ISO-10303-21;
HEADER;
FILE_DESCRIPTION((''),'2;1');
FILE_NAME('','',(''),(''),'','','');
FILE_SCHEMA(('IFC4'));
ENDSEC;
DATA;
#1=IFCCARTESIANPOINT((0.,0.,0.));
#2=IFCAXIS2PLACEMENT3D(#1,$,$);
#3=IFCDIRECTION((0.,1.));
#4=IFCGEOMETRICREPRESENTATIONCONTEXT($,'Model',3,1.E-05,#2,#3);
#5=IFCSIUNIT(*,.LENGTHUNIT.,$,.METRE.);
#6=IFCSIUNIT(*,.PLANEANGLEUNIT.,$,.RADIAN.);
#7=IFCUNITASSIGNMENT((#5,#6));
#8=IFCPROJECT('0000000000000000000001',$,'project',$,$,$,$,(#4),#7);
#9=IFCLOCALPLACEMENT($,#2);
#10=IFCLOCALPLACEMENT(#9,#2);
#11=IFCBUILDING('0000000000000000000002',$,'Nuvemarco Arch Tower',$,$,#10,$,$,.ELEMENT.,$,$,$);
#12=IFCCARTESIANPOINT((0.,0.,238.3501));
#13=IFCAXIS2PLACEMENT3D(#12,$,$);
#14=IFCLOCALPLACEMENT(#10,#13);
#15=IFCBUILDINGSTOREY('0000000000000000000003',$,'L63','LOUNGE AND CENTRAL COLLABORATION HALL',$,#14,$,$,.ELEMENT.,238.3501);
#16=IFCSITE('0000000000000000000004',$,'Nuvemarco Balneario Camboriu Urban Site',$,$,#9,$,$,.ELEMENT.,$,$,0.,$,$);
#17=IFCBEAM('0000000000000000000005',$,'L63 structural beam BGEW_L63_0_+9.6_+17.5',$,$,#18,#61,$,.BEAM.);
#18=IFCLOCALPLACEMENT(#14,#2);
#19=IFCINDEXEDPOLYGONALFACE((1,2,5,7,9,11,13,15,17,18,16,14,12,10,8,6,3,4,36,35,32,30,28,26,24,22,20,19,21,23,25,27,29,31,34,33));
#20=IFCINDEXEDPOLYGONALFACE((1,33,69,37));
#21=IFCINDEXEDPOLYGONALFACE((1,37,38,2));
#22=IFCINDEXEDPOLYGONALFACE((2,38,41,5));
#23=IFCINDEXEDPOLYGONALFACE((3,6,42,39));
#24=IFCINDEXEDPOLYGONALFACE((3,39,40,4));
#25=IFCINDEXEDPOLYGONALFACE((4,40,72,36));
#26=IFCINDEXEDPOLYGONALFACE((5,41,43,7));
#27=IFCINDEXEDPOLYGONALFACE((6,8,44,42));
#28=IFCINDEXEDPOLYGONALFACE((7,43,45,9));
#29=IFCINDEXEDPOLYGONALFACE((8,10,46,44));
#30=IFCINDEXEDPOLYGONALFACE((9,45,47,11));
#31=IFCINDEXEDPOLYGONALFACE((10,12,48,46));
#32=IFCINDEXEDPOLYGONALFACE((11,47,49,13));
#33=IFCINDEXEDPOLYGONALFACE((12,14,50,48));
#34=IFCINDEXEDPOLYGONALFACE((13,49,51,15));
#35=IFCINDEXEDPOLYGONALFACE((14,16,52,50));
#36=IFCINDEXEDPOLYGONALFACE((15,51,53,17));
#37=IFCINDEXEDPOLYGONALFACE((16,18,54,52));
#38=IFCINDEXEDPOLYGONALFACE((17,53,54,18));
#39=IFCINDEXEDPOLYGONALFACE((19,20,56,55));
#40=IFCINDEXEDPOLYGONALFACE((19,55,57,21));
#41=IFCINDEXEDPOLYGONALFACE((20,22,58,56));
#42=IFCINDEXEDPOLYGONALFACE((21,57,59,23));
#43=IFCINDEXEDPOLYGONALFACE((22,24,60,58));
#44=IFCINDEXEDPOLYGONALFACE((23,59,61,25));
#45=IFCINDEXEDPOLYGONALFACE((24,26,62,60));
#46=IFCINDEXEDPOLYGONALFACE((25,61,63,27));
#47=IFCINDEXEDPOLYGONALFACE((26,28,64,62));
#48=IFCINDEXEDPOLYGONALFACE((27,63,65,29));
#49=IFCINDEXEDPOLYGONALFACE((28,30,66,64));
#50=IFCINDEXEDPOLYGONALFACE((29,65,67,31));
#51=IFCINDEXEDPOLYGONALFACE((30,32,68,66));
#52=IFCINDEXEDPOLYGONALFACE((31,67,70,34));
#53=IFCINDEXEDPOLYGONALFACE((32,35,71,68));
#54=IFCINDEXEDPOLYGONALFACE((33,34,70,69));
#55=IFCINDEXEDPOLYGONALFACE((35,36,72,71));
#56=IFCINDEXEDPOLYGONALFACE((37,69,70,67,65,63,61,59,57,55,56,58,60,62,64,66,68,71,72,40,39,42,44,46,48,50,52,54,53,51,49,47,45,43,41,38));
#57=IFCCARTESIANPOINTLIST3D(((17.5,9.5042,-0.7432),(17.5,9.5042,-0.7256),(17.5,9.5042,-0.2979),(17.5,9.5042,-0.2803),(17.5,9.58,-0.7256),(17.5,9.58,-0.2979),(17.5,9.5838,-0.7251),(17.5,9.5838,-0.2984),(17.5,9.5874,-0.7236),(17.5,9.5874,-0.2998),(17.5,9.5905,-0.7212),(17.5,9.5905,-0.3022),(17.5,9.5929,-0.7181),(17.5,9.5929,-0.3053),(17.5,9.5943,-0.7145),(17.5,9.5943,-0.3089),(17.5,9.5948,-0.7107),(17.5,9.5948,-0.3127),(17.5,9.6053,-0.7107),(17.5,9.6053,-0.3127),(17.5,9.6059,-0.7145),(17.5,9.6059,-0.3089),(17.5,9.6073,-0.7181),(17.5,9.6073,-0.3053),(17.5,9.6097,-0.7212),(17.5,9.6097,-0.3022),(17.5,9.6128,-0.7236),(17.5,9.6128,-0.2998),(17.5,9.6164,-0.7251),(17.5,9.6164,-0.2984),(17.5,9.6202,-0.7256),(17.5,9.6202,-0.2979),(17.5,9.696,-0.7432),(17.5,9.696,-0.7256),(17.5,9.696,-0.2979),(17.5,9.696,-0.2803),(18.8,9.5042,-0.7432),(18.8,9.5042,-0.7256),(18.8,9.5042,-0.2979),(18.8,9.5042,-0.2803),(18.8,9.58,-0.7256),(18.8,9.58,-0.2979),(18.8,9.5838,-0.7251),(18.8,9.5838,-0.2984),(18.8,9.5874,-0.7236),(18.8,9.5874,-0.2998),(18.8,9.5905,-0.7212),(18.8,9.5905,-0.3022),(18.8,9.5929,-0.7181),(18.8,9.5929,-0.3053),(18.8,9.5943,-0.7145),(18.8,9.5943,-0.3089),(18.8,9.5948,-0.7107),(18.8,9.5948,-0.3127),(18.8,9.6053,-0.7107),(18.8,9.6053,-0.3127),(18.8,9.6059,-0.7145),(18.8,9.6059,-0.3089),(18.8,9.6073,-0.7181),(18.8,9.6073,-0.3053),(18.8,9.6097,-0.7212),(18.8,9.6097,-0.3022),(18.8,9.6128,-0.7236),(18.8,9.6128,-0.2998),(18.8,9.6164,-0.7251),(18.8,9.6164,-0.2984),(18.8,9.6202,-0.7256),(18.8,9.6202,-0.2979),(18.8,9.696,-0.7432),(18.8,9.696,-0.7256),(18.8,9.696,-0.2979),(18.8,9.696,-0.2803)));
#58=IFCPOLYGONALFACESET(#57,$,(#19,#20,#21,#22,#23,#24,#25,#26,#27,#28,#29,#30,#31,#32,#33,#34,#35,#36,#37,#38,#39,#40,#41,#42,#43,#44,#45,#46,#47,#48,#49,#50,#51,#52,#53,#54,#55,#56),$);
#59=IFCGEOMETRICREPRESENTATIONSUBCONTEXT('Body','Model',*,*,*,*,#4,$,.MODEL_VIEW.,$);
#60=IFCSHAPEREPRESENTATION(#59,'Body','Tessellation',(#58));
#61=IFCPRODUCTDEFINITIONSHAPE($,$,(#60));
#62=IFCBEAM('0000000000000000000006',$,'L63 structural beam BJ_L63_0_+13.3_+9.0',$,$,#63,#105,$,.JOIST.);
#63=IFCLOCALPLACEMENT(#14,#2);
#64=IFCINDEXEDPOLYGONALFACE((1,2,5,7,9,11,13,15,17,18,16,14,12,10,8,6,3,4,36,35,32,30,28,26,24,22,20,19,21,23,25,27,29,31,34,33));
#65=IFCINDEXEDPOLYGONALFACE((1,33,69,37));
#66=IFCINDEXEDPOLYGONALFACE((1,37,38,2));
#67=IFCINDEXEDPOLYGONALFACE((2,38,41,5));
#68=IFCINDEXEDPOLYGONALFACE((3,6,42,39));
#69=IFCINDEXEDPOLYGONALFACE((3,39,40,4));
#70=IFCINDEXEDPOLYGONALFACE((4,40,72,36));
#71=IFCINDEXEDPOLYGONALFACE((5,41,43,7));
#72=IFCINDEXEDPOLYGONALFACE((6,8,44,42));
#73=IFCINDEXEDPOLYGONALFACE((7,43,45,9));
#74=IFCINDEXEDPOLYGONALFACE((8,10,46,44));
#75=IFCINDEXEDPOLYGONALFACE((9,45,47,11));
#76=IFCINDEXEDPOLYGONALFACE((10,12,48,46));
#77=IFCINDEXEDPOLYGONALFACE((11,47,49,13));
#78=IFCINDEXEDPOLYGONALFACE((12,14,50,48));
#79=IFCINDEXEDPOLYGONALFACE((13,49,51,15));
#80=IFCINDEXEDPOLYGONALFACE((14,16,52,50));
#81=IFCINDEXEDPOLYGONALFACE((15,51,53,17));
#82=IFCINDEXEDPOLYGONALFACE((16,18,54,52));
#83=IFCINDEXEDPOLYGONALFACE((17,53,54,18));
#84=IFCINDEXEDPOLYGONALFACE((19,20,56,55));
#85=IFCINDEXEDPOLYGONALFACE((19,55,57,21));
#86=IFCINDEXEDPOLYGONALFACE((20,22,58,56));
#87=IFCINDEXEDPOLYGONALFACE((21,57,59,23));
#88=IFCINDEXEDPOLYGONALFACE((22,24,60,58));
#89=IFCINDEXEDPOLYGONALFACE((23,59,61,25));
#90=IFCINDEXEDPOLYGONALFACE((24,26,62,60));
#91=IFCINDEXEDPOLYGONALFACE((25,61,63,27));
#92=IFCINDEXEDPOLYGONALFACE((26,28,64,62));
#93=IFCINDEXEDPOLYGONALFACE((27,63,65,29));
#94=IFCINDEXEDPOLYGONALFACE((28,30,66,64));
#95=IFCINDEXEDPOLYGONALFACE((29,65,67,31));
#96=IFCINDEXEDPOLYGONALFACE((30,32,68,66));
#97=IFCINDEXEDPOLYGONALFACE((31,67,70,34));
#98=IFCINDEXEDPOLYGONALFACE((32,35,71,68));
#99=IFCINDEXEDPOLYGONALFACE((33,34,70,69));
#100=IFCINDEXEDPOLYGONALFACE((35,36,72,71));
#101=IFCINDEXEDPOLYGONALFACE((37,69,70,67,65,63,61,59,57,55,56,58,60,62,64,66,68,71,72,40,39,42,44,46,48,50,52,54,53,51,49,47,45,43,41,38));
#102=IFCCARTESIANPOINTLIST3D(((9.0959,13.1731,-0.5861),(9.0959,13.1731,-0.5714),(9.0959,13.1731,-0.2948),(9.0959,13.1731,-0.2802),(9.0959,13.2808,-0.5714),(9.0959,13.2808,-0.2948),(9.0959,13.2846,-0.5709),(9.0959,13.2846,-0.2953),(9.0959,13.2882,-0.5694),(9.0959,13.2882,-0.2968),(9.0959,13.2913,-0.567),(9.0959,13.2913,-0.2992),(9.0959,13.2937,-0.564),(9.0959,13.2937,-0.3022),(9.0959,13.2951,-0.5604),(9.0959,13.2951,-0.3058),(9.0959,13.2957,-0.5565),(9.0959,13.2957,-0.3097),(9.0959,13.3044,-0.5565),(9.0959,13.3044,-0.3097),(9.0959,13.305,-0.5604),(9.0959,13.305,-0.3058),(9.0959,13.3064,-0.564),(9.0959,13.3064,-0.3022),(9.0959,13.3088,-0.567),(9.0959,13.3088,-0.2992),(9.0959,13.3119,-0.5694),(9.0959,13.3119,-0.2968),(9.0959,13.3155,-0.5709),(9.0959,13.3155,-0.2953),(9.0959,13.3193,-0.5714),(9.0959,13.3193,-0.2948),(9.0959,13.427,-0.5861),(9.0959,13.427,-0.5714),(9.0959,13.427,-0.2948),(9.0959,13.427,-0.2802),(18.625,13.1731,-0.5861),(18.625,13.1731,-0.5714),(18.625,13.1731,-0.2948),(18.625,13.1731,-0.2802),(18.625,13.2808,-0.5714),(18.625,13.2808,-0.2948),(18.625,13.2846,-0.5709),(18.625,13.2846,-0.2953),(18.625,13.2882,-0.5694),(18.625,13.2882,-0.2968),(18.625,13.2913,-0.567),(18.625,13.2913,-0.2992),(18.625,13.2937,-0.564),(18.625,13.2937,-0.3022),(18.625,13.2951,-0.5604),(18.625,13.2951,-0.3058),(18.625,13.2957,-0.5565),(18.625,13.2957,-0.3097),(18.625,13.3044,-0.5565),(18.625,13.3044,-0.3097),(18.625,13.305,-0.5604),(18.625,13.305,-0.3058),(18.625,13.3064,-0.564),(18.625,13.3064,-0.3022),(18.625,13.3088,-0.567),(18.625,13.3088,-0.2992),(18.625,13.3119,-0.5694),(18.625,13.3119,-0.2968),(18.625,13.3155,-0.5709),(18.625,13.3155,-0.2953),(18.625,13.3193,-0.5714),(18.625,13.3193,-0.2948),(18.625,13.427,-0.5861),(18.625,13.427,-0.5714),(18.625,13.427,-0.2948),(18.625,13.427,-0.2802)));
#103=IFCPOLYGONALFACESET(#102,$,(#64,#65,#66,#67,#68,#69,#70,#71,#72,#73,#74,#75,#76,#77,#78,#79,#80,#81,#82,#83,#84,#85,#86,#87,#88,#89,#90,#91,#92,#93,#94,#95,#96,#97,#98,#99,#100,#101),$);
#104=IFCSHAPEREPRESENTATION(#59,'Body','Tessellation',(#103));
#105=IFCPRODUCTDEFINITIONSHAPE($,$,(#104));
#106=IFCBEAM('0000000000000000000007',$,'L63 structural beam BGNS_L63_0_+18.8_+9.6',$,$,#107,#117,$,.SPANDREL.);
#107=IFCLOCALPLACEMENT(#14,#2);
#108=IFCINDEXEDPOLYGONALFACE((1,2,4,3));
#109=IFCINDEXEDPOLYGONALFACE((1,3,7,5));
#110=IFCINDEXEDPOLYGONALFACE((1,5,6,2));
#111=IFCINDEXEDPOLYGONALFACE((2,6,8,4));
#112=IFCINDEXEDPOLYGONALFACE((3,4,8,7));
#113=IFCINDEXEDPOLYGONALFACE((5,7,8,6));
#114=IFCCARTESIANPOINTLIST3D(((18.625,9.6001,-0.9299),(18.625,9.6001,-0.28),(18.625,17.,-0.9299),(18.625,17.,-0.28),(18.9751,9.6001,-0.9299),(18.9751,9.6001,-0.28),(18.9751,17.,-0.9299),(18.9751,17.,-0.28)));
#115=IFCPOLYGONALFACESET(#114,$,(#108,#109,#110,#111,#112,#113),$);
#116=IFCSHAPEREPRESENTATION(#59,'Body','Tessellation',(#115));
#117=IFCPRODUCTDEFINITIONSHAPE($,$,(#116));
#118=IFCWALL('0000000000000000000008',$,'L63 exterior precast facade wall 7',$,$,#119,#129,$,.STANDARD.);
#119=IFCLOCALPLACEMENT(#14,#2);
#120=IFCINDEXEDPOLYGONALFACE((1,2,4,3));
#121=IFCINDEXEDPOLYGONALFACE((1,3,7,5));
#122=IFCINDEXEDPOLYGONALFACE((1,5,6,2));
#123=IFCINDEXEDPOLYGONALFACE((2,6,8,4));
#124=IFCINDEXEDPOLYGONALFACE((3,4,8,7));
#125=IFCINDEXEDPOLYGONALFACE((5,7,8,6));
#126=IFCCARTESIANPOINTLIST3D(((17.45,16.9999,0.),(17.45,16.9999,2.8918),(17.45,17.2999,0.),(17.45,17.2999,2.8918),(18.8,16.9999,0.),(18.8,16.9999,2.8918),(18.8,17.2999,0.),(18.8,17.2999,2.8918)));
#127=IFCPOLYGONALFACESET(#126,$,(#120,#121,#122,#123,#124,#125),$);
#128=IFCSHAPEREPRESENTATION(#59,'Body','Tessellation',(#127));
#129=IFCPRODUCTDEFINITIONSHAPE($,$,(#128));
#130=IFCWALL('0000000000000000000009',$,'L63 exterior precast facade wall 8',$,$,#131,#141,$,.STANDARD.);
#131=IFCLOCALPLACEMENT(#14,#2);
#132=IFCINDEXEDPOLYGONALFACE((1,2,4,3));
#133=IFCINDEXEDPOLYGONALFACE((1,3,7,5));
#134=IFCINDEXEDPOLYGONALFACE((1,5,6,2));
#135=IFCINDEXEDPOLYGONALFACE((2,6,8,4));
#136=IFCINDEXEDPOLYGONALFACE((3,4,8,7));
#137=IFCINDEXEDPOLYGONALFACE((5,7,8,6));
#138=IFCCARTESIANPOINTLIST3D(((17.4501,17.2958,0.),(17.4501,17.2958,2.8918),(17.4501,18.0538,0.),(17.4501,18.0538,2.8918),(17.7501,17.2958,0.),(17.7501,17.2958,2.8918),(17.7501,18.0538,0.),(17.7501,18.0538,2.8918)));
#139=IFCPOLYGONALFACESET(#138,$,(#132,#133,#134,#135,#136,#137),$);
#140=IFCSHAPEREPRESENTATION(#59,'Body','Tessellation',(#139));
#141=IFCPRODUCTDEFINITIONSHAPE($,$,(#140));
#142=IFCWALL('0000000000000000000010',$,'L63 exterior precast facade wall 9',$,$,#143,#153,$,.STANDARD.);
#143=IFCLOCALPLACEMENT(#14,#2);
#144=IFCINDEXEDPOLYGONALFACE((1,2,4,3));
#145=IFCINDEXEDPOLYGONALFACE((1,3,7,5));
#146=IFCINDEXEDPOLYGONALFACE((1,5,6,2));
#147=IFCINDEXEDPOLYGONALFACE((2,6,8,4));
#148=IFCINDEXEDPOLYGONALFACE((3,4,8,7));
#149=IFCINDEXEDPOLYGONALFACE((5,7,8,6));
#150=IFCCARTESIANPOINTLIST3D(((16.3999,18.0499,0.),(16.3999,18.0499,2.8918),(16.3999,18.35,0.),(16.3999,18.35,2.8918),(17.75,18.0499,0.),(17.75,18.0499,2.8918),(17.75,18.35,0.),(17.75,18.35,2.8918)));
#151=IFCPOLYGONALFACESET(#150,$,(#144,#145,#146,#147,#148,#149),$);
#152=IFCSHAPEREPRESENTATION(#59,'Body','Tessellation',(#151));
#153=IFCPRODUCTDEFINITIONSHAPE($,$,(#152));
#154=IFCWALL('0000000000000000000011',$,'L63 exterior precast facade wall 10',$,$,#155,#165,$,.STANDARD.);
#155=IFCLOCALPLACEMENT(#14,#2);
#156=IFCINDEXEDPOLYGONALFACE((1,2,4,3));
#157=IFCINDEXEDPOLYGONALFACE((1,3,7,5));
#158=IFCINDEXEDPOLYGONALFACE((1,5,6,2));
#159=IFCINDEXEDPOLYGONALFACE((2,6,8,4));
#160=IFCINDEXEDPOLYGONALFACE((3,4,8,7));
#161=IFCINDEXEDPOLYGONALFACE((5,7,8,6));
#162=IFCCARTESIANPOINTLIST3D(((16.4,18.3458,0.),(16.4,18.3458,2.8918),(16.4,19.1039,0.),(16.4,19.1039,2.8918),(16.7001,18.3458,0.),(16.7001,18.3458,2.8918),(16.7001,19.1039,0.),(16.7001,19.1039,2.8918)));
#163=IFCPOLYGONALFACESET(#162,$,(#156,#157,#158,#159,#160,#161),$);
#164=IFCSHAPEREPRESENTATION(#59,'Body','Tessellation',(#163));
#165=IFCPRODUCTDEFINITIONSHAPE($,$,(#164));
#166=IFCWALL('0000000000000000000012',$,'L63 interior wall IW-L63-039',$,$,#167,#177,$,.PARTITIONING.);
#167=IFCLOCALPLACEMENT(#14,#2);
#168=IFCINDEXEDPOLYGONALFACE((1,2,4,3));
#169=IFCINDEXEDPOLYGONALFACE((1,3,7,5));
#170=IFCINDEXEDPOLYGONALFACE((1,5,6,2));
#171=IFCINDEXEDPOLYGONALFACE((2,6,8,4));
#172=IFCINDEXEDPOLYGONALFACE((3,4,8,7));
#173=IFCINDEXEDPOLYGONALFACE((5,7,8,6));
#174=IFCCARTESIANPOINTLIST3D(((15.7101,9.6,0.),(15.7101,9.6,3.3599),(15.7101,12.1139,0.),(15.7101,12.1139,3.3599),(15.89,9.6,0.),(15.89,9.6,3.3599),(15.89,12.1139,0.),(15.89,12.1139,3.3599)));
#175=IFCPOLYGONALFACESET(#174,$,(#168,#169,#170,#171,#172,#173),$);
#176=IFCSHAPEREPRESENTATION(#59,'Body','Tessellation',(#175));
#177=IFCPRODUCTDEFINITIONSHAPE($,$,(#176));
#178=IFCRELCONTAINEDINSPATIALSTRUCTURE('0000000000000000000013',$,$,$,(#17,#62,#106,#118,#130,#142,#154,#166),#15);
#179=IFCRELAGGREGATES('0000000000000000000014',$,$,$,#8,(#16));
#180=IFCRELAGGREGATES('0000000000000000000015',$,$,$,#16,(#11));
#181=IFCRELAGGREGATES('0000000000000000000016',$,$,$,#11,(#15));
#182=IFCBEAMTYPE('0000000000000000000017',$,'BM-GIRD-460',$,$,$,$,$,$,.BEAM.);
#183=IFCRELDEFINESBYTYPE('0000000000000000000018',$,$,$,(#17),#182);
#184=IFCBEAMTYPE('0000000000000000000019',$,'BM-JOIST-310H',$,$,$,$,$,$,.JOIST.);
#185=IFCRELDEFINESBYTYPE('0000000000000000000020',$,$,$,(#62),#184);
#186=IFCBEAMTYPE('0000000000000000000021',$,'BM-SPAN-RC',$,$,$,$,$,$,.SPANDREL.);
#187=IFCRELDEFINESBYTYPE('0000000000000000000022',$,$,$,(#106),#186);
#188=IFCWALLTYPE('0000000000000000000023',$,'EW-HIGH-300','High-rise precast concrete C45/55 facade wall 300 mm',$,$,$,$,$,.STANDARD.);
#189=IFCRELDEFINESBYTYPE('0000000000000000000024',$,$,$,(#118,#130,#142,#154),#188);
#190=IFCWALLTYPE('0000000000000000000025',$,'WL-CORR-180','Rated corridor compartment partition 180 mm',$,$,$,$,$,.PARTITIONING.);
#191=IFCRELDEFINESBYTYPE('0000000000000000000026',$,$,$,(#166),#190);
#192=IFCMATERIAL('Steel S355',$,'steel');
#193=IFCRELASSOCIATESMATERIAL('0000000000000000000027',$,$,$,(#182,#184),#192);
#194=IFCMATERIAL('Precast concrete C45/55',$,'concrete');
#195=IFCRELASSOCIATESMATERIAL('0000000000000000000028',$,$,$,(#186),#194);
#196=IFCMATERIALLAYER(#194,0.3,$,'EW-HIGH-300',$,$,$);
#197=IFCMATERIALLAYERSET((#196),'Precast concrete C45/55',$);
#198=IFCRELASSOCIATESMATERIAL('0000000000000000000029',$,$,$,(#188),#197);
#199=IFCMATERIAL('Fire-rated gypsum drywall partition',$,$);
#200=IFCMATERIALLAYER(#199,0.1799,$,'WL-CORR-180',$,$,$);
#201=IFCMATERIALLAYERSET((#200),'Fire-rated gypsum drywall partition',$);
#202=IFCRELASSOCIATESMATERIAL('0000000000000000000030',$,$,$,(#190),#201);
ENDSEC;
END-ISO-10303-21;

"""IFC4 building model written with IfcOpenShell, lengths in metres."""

from ifc_helpers import new_model, si_unit, direction, frame, frame_2d, origin, origin_2d, place, context, subcontext, project, spatial, rectangle, i_section, extrude, material, layer, layer_set, material_profile, profile_set, type_object, element, save


model = new_model("IFC4")

# Units and contexts
model_context = context("Model", 3, precision=1e-05, world=origin(), true_north=direction((0.0, 1.0)))
body_context = subcontext(model_context, "Body", "Model", "MODEL_VIEW")
ifc_project = project(units=[si_unit("LENGTHUNIT", "METRE"), si_unit("PLANEANGLEUNIT", "RADIAN")], contexts=[model_context])

# Site, building, storey
site_placement = place(None, origin())
site = spatial("IfcSite", under=ifc_project, at=site_placement, Name="Nuvemarco Balneario Camboriu Urban Site", CompositionType="ELEMENT", RefElevation=0.0)
building_placement = place(site_placement, origin())
building = spatial("IfcBuilding", under=site, at=building_placement, Name="Nuvemarco Arch Tower", CompositionType="ELEMENT")
storey_placement = place(building_placement, frame((0.0, 0.0, 238.3501)))
storey = spatial("IfcBuildingStorey", under=building, at=storey_placement, Name="L63", Description="LOUNGE AND CENTRAL COLLABORATION HALL", CompositionType="ELEMENT", Elevation=238.3501)

# Shared definitions
ifc_material_1 = material(Name="Steel S355", Category="steel")

# Beams
ifc_material_profile_1 = material_profile(ifc_material_1, i_section(OverallWidth=0.1919, OverallDepth=0.4629, WebThickness=0.0105, FlangeThickness=0.0176, FilletRadius=0.0149, at=origin_2d()), Name="W460x89")
ifc_profile_set_1 = profile_set([ifc_material_profile_1], Name="Steel S355")
beam_type_1 = type_object("IfcBeamType", Name="BM-GIRD-460", PredefinedType="BEAM", material=ifc_profile_set_1)
beam_1_placement = place(storey_placement, frame((17.5, 9.6001, -0.5117), z_axis=(1.0, 0.0, 0.0), x_axis=(0.0, 1.0, 0.0)))
element("IfcBeam", 1, at=beam_1_placement, inside=storey, type_object=beam_type_1, Name="L63 structural beam BGEW_L63_0_+9.6_+17.5", PredefinedType="BEAM", context=body_context, shape_type="SweptSolid", body=[
    extrude(i_section(OverallWidth=0.1919, OverallDepth=0.4629, WebThickness=0.0105, FlangeThickness=0.0176, FilletRadius=0.0149, at=origin_2d()), origin(), (0.0, 0.0, 1.0), 1.3),
])
ifc_material_profile_2 = material_profile(ifc_material_1, i_section(OverallWidth=0.2539, OverallDepth=0.3059, WebThickness=0.0088, FlangeThickness=0.0146, FilletRadius=0.0149, at=origin_2d()), Name="W310x79")
ifc_profile_set_2 = profile_set([ifc_material_profile_2], Name="Steel S355")
beam_type_2 = type_object("IfcBeamType", Name="BM-JOIST-310H", PredefinedType="JOIST", material=ifc_profile_set_2)
beam_2_placement = place(storey_placement, frame((9.0959, 13.3, -0.4331), z_axis=(1.0, 0.0, 0.0), x_axis=(0.0, 1.0, 0.0)))
element("IfcBeam", 2, at=beam_2_placement, inside=storey, type_object=beam_type_2, Name="L63 structural beam BJ_L63_0_+13.3_+9.0", PredefinedType="JOIST", context=body_context, shape_type="SweptSolid", body=[
    extrude(i_section(OverallWidth=0.2539, OverallDepth=0.3059, WebThickness=0.0088, FlangeThickness=0.0146, FilletRadius=0.0149, at=origin_2d()), origin(), (0.0, 0.0, 1.0), 9.5291),
])
ifc_material_2 = material(Name="Precast concrete C45/55", Category="concrete")
ifc_material_profile_3 = material_profile(ifc_material_2, rectangle(XDim=0.3501, YDim=0.6499, at=origin_2d()), Name="PC-SP-350x650")
ifc_profile_set_3 = profile_set([ifc_material_profile_3], Name="Precast concrete C45/55")
beam_type_3 = type_object("IfcBeamType", Name="BM-SPAN-RC", PredefinedType="SPANDREL", material=ifc_profile_set_3)
beam_3_placement = place(storey_placement, frame((18.8, 9.6001, -0.605), z_axis=(0.0, 1.0, 0.0), x_axis=(-1.0, 0.0, 0.0)))
element("IfcBeam", 3, at=beam_3_placement, inside=storey, type_object=beam_type_3, Name="L63 structural beam BGNS_L63_0_+18.8_+9.6", PredefinedType="SPANDREL", context=body_context, shape_type="SweptSolid", body=[
    extrude(rectangle(XDim=0.3501, YDim=0.6499, at=origin_2d()), origin(), (0.0, 0.0, 1.0), 7.3999),
])

# Walls
ifc_layer_1 = layer(ifc_material_2, 0.3, Name="EW-HIGH-300")
ifc_layer_set_1 = layer_set([ifc_layer_1], Name="Precast concrete C45/55")
wall_type_1 = type_object("IfcWallType", Name="EW-HIGH-300", Description="High-rise precast concrete C45/55 facade wall 300 mm", PredefinedType="STANDARD", material=ifc_layer_set_1)
wall_1_placement = place(storey_placement, frame((17.45, 17.1499, 0.0), z_axis=(0.0, 0.0, 1.0), x_axis=(1.0, 0.0, 0.0)))
element("IfcWall", 4, at=wall_1_placement, inside=storey, type_object=wall_type_1, Name="L63 exterior precast facade wall 7", PredefinedType="STANDARD", context=body_context, shape_type="SweptSolid", body=[
    extrude(rectangle(XDim=1.3501, YDim=0.3, at=frame_2d((0.675, 0.0))), origin(), (0.0, 0.0, 1.0), 2.8918),
])
wall_2_placement = place(storey_placement, frame((17.6001, 17.2959, 0.0), z_axis=(0.0, 0.0, 1.0), x_axis=(0.0, 1.0, 0.0)))
element("IfcWall", 5, at=wall_2_placement, inside=storey, type_object=wall_type_1, Name="L63 exterior precast facade wall 8", PredefinedType="STANDARD", context=body_context, shape_type="SweptSolid", body=[
    extrude(rectangle(XDim=0.7581, YDim=0.3, at=frame_2d((0.3789, 0.0))), origin(), (0.0, 0.0, 1.0), 2.8918),
])
wall_3_placement = place(storey_placement, frame((16.3999, 18.2, 0.0), z_axis=(0.0, 0.0, 1.0), x_axis=(1.0, 0.0, 0.0)))
element("IfcWall", 6, at=wall_3_placement, inside=storey, type_object=wall_type_1, Name="L63 exterior precast facade wall 9", PredefinedType="STANDARD", context=body_context, shape_type="SweptSolid", body=[
    extrude(rectangle(XDim=1.3501, YDim=0.3, at=frame_2d((0.675, 0.0))), origin(), (0.0, 0.0, 1.0), 2.8918),
])
wall_4_placement = place(storey_placement, frame((16.55, 18.3459, 0.0), z_axis=(0.0, 0.0, 1.0), x_axis=(0.0, 1.0, 0.0)))
element("IfcWall", 7, at=wall_4_placement, inside=storey, type_object=wall_type_1, Name="L63 exterior precast facade wall 10", PredefinedType="STANDARD", context=body_context, shape_type="SweptSolid", body=[
    extrude(rectangle(XDim=0.7581, YDim=0.3, at=frame_2d((0.3789, 0.0))), origin(), (0.0, 0.0, 1.0), 2.8918),
])
ifc_material_3 = material(Name="Fire-rated gypsum drywall partition")
ifc_layer_2 = layer(ifc_material_3, 0.1799, Name="WL-CORR-180")
ifc_layer_set_2 = layer_set([ifc_layer_2], Name="Fire-rated gypsum drywall partition")
wall_type_2 = type_object("IfcWallType", Name="WL-CORR-180", Description="Rated corridor compartment partition 180 mm", PredefinedType="PARTITIONING", material=ifc_layer_set_2)
wall_5_placement = place(storey_placement, frame((15.8, 9.6001, 0.0), z_axis=(0.0, 0.0, 1.0), x_axis=(0.0, 1.0, 0.0)))
element("IfcWall", 8, at=wall_5_placement, inside=storey, type_object=wall_type_2, Name="L63 interior wall IW-L63-039", PredefinedType="PARTITIONING", context=body_context, shape_type="SweptSolid", body=[
    extrude(rectangle(XDim=2.5139, YDim=0.1799, at=frame_2d((1.2568, 0.0))), origin(), (0.0, 0.0, 1.0), 3.3599),
])

save(model, "model.ifc")
